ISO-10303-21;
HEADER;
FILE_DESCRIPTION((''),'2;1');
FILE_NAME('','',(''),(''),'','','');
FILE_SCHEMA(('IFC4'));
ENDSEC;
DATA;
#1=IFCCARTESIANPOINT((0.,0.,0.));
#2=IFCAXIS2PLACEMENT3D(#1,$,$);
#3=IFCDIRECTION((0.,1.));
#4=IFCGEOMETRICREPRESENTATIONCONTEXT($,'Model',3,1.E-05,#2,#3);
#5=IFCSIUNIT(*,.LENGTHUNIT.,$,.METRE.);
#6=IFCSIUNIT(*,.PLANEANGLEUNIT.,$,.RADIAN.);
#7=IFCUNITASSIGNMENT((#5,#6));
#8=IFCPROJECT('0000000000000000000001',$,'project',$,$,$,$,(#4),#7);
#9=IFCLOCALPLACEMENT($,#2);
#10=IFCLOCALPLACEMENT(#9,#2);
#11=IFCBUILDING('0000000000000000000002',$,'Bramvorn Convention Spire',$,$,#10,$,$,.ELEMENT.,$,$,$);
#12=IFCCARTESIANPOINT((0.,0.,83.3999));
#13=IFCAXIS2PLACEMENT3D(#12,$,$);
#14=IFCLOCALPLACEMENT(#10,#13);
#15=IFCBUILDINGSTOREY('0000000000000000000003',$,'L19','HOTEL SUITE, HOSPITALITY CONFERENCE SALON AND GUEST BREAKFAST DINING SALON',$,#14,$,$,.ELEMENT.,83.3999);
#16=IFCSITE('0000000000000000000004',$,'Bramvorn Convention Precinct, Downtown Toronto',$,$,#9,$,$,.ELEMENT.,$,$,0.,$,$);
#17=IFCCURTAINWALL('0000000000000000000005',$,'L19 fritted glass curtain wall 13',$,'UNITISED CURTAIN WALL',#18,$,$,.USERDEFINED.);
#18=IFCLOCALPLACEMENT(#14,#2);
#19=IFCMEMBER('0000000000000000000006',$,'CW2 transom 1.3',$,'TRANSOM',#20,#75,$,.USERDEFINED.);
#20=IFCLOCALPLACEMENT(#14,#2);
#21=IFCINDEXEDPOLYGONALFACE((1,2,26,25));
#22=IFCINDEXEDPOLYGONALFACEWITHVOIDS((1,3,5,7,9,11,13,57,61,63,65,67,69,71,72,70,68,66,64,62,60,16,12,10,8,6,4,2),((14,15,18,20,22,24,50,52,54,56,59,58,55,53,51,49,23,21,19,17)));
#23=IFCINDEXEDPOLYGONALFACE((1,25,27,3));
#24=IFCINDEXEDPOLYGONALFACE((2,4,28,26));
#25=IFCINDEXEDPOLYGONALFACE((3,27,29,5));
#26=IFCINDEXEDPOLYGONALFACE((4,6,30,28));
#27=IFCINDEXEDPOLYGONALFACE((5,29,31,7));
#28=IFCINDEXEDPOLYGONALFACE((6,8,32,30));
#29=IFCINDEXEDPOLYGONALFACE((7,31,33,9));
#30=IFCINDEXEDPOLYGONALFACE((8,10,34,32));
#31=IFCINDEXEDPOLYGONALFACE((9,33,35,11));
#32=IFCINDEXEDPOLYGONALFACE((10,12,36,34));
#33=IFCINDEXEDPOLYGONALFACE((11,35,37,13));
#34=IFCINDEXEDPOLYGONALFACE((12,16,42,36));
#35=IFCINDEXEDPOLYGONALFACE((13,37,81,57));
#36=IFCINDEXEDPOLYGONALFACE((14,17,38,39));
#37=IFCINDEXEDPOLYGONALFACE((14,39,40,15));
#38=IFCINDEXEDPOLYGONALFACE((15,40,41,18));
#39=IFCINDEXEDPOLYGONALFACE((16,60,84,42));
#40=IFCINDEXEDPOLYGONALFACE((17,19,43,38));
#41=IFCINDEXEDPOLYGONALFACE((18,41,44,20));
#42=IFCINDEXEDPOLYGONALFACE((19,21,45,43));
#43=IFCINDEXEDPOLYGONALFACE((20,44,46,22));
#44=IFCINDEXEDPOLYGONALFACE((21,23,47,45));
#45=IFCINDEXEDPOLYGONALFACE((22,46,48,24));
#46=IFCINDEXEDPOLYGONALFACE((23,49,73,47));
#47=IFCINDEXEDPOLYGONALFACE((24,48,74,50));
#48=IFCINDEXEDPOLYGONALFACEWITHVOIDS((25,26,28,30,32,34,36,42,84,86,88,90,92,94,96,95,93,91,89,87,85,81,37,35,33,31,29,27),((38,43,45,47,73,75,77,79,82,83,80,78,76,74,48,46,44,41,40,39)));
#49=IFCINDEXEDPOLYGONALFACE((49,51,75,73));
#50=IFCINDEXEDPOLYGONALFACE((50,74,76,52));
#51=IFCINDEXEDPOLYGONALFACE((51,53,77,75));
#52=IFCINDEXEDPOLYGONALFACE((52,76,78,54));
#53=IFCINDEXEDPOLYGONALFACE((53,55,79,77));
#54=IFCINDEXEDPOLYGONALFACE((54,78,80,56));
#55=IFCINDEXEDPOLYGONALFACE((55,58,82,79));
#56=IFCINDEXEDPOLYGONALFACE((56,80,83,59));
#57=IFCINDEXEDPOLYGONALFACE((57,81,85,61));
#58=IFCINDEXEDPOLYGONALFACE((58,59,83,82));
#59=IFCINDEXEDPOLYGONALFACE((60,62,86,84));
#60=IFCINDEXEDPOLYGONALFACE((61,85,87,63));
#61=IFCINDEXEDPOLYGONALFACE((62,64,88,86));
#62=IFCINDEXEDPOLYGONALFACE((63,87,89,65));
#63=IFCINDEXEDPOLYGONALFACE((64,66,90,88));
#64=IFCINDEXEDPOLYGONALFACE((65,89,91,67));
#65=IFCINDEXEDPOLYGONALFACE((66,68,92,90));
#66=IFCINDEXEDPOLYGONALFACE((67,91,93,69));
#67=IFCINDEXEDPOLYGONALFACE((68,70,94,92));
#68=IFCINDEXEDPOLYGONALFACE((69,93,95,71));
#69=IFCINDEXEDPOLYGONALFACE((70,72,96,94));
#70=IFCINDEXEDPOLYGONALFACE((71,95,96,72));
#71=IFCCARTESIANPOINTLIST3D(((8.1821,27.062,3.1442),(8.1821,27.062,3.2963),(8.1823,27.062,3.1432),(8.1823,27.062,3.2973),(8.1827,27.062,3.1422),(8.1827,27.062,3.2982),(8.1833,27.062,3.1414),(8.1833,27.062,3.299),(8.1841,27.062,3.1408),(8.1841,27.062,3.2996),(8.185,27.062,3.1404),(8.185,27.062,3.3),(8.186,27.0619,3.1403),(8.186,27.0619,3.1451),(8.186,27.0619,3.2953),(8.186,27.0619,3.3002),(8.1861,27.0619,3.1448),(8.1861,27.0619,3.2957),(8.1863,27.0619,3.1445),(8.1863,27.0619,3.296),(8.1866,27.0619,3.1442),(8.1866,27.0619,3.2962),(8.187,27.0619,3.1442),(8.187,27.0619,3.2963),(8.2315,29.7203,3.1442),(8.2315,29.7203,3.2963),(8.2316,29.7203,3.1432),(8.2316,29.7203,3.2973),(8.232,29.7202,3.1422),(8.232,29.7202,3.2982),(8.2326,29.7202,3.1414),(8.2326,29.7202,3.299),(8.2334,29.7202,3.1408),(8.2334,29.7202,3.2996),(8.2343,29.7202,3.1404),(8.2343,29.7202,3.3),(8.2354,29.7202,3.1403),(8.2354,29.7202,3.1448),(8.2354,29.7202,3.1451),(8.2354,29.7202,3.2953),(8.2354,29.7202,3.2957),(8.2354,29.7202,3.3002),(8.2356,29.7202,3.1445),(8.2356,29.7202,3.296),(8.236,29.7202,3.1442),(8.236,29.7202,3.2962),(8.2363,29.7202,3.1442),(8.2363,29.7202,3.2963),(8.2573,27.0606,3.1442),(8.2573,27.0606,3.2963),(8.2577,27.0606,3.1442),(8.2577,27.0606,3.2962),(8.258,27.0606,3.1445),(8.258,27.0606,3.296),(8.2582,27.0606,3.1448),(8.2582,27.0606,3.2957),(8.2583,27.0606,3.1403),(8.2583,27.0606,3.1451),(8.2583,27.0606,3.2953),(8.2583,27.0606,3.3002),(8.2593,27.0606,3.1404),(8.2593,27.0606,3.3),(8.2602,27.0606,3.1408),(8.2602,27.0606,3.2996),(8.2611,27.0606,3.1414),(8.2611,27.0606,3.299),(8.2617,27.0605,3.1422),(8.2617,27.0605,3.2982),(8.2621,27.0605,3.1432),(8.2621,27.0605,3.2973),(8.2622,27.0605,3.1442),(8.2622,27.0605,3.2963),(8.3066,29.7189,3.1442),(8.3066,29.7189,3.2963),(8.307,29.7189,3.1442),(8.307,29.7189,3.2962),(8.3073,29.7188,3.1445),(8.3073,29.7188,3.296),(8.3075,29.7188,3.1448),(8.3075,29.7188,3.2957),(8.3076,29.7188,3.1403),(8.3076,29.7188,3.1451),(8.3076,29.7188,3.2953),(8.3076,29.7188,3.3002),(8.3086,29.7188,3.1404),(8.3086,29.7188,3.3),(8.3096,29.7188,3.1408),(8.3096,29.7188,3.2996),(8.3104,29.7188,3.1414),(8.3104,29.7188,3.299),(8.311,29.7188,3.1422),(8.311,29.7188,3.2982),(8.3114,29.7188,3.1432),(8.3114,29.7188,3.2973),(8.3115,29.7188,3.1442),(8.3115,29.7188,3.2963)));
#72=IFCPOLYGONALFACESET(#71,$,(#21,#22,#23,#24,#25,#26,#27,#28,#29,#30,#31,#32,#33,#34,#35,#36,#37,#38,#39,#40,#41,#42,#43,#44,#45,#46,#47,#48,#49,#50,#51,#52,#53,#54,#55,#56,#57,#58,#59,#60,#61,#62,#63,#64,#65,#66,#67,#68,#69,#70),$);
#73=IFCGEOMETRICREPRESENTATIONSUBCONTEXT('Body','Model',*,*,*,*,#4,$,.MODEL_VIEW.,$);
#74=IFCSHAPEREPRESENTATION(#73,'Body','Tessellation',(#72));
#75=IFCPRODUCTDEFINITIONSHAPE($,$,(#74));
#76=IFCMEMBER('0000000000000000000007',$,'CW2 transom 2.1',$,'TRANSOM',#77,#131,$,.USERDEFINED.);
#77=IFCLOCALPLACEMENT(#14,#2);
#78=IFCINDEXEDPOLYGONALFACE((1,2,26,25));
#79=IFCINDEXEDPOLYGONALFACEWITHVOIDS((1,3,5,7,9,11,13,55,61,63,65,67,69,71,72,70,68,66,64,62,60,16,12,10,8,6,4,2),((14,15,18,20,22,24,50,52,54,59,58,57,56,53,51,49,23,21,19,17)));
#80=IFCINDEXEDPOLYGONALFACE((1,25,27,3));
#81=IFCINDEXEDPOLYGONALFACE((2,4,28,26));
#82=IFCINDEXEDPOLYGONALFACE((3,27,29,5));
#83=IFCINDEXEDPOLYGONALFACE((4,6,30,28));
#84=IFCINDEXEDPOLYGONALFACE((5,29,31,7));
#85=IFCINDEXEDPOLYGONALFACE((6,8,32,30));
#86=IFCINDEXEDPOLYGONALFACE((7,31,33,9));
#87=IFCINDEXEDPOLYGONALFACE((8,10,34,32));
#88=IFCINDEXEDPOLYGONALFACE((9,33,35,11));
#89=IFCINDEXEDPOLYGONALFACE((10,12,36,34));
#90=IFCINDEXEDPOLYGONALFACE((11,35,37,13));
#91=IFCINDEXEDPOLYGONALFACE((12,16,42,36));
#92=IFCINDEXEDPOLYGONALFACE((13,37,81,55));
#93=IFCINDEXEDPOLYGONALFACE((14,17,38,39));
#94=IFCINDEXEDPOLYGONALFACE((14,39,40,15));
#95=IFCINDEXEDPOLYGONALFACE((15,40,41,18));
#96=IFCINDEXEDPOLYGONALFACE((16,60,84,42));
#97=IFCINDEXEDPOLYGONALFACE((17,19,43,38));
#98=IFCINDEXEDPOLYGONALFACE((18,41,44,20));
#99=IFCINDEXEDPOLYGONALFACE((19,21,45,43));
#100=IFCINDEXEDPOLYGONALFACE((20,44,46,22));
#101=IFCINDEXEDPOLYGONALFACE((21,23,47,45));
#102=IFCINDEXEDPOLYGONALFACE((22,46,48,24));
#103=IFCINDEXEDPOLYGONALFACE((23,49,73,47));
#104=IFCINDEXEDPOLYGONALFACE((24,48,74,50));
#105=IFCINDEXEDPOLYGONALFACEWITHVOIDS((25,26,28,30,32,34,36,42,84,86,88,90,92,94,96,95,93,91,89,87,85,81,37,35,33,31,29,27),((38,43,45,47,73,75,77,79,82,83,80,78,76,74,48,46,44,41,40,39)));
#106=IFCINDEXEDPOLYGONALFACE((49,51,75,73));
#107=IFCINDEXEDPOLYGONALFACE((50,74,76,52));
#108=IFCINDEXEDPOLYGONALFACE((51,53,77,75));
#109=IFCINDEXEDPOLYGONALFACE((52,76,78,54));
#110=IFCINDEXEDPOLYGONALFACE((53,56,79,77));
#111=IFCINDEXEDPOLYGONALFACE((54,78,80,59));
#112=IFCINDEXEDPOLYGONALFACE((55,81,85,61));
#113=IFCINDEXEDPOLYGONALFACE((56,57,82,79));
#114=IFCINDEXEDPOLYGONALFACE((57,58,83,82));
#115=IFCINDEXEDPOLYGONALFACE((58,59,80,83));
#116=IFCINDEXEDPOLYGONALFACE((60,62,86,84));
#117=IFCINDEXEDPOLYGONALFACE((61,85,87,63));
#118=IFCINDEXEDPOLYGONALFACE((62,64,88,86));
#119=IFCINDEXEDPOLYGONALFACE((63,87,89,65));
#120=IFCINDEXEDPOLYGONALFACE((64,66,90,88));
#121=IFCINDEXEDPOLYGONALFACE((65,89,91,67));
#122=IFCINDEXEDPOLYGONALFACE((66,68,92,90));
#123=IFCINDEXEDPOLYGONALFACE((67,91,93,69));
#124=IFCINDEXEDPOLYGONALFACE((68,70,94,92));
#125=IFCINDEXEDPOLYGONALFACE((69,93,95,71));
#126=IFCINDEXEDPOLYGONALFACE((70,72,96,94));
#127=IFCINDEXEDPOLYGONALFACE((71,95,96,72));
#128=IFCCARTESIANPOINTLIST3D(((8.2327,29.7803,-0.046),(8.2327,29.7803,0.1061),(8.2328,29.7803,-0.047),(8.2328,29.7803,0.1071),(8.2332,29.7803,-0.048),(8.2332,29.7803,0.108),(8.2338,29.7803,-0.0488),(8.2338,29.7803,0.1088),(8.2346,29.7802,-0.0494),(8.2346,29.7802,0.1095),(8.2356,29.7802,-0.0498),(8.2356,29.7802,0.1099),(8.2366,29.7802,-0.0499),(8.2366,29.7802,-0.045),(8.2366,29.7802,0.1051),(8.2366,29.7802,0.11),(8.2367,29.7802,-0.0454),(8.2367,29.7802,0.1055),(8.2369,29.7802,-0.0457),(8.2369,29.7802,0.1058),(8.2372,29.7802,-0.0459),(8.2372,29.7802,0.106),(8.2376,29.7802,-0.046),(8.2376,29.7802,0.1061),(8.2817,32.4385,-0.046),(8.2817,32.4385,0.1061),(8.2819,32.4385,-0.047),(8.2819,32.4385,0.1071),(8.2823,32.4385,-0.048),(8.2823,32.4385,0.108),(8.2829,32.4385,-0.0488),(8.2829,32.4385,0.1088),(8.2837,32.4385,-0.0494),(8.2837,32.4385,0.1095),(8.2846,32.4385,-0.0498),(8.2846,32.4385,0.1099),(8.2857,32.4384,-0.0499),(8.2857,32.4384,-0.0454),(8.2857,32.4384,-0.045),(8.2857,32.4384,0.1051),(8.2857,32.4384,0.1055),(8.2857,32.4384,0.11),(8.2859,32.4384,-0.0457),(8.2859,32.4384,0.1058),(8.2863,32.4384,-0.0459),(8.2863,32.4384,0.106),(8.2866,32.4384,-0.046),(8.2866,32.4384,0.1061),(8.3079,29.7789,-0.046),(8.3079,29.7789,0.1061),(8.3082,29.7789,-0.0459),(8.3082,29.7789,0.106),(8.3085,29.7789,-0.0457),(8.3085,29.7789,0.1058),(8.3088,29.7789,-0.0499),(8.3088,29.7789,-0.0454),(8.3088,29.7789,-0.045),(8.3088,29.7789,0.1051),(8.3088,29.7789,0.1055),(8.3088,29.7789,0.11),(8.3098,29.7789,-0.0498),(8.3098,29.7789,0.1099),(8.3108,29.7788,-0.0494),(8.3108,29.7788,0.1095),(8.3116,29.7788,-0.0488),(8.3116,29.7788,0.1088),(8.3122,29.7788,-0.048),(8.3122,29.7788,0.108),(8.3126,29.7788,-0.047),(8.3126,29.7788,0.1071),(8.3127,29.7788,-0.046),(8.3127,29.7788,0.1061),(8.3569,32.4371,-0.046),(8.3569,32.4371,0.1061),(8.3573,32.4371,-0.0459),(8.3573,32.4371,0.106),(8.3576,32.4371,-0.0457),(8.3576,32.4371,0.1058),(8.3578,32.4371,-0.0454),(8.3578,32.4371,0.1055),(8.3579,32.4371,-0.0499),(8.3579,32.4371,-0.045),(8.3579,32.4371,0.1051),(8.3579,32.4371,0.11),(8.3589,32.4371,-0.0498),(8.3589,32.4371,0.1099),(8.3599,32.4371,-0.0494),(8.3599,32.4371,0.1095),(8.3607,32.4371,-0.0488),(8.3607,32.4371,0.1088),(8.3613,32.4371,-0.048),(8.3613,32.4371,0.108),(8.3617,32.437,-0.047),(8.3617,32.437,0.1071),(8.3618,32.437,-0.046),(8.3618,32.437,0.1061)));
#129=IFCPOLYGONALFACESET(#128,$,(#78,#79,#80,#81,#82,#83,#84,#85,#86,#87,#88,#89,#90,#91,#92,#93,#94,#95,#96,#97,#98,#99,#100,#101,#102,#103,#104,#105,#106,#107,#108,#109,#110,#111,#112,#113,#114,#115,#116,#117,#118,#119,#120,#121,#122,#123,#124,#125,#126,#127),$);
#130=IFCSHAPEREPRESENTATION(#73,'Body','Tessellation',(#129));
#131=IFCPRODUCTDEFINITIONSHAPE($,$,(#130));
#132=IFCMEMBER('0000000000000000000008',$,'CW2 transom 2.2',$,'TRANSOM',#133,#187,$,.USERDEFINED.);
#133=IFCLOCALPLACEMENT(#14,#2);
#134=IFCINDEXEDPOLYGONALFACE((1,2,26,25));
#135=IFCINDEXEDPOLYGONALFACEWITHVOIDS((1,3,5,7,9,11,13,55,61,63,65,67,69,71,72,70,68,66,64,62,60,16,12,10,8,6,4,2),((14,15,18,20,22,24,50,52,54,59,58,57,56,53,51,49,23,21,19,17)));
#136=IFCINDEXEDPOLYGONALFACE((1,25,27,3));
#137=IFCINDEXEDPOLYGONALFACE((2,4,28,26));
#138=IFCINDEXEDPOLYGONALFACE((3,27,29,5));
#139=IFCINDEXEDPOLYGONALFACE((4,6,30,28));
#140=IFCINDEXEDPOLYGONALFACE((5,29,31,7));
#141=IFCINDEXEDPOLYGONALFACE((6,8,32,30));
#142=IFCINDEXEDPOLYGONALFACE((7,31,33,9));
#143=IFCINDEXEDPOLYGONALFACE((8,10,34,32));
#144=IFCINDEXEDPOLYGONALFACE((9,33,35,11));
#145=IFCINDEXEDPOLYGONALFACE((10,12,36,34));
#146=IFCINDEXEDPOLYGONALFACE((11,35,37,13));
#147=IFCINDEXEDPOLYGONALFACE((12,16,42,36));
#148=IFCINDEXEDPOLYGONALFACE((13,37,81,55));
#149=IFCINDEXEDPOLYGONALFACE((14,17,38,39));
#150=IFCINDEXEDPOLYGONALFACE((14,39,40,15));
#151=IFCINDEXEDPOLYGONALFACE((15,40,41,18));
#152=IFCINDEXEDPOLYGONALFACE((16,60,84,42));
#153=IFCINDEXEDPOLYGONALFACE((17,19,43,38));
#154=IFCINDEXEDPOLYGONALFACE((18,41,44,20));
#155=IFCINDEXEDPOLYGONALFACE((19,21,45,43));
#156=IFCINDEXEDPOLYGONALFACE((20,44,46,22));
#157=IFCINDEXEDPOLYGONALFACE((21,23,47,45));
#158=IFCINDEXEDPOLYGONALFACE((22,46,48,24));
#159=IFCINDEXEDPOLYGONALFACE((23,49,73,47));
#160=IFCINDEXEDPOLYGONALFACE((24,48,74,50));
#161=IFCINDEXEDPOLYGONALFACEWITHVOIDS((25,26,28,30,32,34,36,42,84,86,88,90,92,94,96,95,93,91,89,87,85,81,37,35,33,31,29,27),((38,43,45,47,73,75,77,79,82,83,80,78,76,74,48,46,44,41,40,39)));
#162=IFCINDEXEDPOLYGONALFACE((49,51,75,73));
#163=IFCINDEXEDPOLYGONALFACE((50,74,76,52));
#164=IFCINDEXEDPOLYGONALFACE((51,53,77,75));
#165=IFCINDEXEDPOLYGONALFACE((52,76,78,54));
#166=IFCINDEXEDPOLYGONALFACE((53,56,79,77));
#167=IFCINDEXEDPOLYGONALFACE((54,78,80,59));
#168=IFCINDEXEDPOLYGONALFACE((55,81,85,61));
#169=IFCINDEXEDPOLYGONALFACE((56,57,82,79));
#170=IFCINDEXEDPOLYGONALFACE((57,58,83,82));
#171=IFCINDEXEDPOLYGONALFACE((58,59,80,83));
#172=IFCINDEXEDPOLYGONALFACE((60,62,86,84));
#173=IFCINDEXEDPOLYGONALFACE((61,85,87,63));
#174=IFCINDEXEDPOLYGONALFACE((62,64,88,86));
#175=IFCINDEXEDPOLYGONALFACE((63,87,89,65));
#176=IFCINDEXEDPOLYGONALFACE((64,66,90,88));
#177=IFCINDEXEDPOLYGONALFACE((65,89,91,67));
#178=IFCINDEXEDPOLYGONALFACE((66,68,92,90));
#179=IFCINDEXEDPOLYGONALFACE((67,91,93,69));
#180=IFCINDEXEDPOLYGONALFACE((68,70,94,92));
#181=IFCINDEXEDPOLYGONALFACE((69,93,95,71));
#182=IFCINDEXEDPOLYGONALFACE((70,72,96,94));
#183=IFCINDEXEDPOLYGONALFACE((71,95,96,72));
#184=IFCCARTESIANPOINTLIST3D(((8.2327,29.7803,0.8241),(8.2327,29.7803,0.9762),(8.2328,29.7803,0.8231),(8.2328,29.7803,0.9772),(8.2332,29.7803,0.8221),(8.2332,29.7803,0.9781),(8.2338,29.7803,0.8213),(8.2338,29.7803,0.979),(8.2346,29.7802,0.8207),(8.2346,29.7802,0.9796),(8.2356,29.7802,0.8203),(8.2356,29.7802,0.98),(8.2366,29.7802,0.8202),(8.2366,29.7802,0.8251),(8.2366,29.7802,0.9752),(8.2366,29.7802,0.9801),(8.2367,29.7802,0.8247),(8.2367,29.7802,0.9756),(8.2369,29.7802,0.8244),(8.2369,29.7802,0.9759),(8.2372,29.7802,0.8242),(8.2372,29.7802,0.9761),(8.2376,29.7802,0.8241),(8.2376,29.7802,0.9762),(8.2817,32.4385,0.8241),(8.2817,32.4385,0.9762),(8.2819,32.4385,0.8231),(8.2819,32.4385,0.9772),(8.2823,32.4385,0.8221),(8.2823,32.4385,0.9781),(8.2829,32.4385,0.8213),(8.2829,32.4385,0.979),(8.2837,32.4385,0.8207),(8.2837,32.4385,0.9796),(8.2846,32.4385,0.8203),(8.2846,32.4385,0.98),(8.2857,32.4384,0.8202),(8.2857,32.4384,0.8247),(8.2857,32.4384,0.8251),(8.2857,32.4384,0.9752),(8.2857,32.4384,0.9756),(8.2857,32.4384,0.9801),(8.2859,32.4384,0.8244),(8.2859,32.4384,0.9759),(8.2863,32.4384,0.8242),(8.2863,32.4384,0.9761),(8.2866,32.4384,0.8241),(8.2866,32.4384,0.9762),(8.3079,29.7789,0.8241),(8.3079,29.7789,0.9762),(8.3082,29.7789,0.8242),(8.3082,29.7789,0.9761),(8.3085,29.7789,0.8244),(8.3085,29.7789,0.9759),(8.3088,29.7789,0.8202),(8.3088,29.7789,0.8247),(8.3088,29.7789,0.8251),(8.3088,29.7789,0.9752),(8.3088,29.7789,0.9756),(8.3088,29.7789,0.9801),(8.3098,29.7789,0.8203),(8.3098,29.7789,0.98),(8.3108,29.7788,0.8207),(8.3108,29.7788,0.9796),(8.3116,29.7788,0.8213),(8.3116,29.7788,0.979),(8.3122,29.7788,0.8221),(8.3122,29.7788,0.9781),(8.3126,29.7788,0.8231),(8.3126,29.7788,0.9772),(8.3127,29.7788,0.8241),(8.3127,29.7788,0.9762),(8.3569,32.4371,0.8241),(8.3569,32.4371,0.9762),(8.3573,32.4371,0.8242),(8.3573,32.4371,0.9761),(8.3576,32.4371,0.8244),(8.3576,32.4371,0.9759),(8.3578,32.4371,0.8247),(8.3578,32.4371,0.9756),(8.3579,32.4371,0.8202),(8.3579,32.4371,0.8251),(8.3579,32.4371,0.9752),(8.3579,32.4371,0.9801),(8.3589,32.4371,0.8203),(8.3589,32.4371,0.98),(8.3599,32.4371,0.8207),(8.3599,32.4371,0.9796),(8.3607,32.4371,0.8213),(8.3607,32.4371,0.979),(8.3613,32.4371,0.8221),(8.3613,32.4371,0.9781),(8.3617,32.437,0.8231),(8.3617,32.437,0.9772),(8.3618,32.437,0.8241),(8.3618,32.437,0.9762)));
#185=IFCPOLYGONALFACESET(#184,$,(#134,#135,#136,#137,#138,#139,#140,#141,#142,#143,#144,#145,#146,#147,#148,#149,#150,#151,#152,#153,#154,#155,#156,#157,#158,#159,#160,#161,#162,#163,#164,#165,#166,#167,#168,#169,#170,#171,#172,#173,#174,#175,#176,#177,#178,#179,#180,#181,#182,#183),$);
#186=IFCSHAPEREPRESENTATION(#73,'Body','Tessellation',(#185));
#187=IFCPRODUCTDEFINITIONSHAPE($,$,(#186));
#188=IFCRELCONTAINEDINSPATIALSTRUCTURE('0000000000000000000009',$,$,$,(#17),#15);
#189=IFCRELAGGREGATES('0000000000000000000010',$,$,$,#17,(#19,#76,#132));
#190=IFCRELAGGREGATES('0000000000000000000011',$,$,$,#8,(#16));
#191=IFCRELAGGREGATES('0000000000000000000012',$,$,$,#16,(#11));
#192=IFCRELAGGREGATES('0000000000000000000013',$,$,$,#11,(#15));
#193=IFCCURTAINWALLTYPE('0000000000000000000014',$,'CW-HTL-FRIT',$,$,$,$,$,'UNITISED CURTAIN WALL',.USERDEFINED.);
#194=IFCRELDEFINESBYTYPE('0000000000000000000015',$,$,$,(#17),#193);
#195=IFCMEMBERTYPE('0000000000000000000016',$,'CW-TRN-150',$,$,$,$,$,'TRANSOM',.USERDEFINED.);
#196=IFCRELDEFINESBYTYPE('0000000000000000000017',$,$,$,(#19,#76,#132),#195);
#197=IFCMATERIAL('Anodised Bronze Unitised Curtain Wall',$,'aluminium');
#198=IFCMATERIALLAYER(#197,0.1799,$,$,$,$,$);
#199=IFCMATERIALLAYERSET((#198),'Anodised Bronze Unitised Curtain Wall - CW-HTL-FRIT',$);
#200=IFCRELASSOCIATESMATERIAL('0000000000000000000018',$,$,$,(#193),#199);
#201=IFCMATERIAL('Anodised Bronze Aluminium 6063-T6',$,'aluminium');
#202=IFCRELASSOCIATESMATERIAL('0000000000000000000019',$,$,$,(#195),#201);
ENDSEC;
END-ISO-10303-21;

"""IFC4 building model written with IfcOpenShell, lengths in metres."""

from ifc_helpers import new_model, si_unit, direction, frame, origin, origin_2d, place, context, subcontext, project, spatial, hollow_rectangle, extrude, material, layer, layer_set, material_profile, profile_set, type_object, element, aggregate, save


model = new_model("IFC4")

# Units and contexts
model_context = context("Model", 3, precision=1e-05, world=origin(), true_north=direction((0.0, 1.0)))
body_context = subcontext(model_context, "Body", "Model", "MODEL_VIEW")
ifc_project = project(units=[si_unit("LENGTHUNIT", "METRE"), si_unit("PLANEANGLEUNIT", "RADIAN")], contexts=[model_context])

# Site, building, storey
site_placement = place(None, origin())
site = spatial("IfcSite", under=ifc_project, at=site_placement, Name="Bramvorn Convention Precinct, Downtown Toronto", CompositionType="ELEMENT", RefElevation=0.0)
building_placement = place(site_placement, origin())
building = spatial("IfcBuilding", under=site, at=building_placement, Name="Bramvorn Convention Spire", CompositionType="ELEMENT")
storey_placement = place(building_placement, frame((0.0, 0.0, 83.3999)))
storey = spatial("IfcBuildingStorey", under=building, at=storey_placement, Name="L19", Description="HOTEL SUITE, HOSPITALITY CONFERENCE SALON AND GUEST BREAKFAST DINING SALON", CompositionType="ELEMENT", Elevation=83.3999)

# Curtain wall
ifc_material_1 = material(Name="Anodised Bronze Unitised Curtain Wall", Category="aluminium")
ifc_layer_1 = layer(ifc_material_1, 0.1799)
ifc_layer_set_1 = layer_set([ifc_layer_1], Name="Anodised Bronze Unitised Curtain Wall - CW-HTL-FRIT")
curtain_wall_type = type_object("IfcCurtainWallType", Name="CW-HTL-FRIT", ElementType="UNITISED CURTAIN WALL", PredefinedType="USERDEFINED", material=ifc_layer_set_1)
curtain_wall_1_placement = place(storey_placement, origin())
curtain_wall_1 = element("IfcCurtainWall", 1, at=curtain_wall_1_placement, inside=storey, type_object=curtain_wall_type, Name="L19 fritted glass curtain wall 13", ObjectType="UNITISED CURTAIN WALL", PredefinedType="USERDEFINED")
ifc_material_2 = material(Name="Anodised Bronze Aluminium 6063-T6", Category="aluminium")

# Members
ifc_material_profile_1 = material_profile(ifc_material_2, hollow_rectangle(XDim=0.0801, YDim=0.1599, WallThickness=0.0039, InnerFilletRadius=0.001, OuterFilletRadius=0.0039, at=origin_2d()))
ifc_profile_set_1 = profile_set([ifc_material_profile_1], Name="Anodised Bronze Aluminium 6063-T6 - CWT80X160")
member_type_1 = type_object("IfcMemberType", Name="CW-TRN-150", ElementType="TRANSOM", PredefinedType="USERDEFINED", material=ifc_profile_set_1)
member_1_placement = place(storey_placement, frame((8.2222, 27.0613, 3.2202), z_axis=(0.018549, 0.999828, 0.0), x_axis=(-0.999828, 0.018549, 0.0)))
member_1 = element("IfcMember", 2, at=member_1_placement, type_object=member_type_1, Name="CW2 transom 1.3", ObjectType="TRANSOM", PredefinedType="USERDEFINED", context=body_context, shape_type="SweptSolid", body=[
    extrude(hollow_rectangle(XDim=0.0801, YDim=0.1599, WallThickness=0.0039, InnerFilletRadius=0.001, OuterFilletRadius=0.0039, at=origin_2d()), origin(), (0.0, 0.0, 1.0), 2.6587),
])
member_2_placement = place(storey_placement, frame((8.2727, 29.7795, 0.03), z_axis=(0.018458, 0.99983, 0.0), x_axis=(-0.99983, 0.018458, 0.0)))
member_2 = element("IfcMember", 3, at=member_2_placement, type_object=member_type_1, Name="CW2 transom 2.1", ObjectType="TRANSOM", PredefinedType="USERDEFINED", context=body_context, shape_type="SweptSolid", body=[
    extrude(hollow_rectangle(XDim=0.0801, YDim=0.1599, WallThickness=0.0039, InnerFilletRadius=0.001, OuterFilletRadius=0.0039, at=origin_2d()), origin(), (0.0, 0.0, 1.0), 2.6587),
])
member_3_placement = place(storey_placement, frame((8.2727, 29.7795, 0.9001), z_axis=(0.018458, 0.99983, 0.0), x_axis=(-0.99983, 0.018458, 0.0)))
member_3 = element("IfcMember", 4, at=member_3_placement, type_object=member_type_1, Name="CW2 transom 2.2", ObjectType="TRANSOM", PredefinedType="USERDEFINED", context=body_context, shape_type="SweptSolid", body=[
    extrude(hollow_rectangle(XDim=0.0801, YDim=0.1599, WallThickness=0.0039, InnerFilletRadius=0.001, OuterFilletRadius=0.0039, at=origin_2d()), origin(), (0.0, 0.0, 1.0), 2.6587),
])

aggregate(curtain_wall_1, [member_1, member_2, member_3])

save(model, "model.ifc")
